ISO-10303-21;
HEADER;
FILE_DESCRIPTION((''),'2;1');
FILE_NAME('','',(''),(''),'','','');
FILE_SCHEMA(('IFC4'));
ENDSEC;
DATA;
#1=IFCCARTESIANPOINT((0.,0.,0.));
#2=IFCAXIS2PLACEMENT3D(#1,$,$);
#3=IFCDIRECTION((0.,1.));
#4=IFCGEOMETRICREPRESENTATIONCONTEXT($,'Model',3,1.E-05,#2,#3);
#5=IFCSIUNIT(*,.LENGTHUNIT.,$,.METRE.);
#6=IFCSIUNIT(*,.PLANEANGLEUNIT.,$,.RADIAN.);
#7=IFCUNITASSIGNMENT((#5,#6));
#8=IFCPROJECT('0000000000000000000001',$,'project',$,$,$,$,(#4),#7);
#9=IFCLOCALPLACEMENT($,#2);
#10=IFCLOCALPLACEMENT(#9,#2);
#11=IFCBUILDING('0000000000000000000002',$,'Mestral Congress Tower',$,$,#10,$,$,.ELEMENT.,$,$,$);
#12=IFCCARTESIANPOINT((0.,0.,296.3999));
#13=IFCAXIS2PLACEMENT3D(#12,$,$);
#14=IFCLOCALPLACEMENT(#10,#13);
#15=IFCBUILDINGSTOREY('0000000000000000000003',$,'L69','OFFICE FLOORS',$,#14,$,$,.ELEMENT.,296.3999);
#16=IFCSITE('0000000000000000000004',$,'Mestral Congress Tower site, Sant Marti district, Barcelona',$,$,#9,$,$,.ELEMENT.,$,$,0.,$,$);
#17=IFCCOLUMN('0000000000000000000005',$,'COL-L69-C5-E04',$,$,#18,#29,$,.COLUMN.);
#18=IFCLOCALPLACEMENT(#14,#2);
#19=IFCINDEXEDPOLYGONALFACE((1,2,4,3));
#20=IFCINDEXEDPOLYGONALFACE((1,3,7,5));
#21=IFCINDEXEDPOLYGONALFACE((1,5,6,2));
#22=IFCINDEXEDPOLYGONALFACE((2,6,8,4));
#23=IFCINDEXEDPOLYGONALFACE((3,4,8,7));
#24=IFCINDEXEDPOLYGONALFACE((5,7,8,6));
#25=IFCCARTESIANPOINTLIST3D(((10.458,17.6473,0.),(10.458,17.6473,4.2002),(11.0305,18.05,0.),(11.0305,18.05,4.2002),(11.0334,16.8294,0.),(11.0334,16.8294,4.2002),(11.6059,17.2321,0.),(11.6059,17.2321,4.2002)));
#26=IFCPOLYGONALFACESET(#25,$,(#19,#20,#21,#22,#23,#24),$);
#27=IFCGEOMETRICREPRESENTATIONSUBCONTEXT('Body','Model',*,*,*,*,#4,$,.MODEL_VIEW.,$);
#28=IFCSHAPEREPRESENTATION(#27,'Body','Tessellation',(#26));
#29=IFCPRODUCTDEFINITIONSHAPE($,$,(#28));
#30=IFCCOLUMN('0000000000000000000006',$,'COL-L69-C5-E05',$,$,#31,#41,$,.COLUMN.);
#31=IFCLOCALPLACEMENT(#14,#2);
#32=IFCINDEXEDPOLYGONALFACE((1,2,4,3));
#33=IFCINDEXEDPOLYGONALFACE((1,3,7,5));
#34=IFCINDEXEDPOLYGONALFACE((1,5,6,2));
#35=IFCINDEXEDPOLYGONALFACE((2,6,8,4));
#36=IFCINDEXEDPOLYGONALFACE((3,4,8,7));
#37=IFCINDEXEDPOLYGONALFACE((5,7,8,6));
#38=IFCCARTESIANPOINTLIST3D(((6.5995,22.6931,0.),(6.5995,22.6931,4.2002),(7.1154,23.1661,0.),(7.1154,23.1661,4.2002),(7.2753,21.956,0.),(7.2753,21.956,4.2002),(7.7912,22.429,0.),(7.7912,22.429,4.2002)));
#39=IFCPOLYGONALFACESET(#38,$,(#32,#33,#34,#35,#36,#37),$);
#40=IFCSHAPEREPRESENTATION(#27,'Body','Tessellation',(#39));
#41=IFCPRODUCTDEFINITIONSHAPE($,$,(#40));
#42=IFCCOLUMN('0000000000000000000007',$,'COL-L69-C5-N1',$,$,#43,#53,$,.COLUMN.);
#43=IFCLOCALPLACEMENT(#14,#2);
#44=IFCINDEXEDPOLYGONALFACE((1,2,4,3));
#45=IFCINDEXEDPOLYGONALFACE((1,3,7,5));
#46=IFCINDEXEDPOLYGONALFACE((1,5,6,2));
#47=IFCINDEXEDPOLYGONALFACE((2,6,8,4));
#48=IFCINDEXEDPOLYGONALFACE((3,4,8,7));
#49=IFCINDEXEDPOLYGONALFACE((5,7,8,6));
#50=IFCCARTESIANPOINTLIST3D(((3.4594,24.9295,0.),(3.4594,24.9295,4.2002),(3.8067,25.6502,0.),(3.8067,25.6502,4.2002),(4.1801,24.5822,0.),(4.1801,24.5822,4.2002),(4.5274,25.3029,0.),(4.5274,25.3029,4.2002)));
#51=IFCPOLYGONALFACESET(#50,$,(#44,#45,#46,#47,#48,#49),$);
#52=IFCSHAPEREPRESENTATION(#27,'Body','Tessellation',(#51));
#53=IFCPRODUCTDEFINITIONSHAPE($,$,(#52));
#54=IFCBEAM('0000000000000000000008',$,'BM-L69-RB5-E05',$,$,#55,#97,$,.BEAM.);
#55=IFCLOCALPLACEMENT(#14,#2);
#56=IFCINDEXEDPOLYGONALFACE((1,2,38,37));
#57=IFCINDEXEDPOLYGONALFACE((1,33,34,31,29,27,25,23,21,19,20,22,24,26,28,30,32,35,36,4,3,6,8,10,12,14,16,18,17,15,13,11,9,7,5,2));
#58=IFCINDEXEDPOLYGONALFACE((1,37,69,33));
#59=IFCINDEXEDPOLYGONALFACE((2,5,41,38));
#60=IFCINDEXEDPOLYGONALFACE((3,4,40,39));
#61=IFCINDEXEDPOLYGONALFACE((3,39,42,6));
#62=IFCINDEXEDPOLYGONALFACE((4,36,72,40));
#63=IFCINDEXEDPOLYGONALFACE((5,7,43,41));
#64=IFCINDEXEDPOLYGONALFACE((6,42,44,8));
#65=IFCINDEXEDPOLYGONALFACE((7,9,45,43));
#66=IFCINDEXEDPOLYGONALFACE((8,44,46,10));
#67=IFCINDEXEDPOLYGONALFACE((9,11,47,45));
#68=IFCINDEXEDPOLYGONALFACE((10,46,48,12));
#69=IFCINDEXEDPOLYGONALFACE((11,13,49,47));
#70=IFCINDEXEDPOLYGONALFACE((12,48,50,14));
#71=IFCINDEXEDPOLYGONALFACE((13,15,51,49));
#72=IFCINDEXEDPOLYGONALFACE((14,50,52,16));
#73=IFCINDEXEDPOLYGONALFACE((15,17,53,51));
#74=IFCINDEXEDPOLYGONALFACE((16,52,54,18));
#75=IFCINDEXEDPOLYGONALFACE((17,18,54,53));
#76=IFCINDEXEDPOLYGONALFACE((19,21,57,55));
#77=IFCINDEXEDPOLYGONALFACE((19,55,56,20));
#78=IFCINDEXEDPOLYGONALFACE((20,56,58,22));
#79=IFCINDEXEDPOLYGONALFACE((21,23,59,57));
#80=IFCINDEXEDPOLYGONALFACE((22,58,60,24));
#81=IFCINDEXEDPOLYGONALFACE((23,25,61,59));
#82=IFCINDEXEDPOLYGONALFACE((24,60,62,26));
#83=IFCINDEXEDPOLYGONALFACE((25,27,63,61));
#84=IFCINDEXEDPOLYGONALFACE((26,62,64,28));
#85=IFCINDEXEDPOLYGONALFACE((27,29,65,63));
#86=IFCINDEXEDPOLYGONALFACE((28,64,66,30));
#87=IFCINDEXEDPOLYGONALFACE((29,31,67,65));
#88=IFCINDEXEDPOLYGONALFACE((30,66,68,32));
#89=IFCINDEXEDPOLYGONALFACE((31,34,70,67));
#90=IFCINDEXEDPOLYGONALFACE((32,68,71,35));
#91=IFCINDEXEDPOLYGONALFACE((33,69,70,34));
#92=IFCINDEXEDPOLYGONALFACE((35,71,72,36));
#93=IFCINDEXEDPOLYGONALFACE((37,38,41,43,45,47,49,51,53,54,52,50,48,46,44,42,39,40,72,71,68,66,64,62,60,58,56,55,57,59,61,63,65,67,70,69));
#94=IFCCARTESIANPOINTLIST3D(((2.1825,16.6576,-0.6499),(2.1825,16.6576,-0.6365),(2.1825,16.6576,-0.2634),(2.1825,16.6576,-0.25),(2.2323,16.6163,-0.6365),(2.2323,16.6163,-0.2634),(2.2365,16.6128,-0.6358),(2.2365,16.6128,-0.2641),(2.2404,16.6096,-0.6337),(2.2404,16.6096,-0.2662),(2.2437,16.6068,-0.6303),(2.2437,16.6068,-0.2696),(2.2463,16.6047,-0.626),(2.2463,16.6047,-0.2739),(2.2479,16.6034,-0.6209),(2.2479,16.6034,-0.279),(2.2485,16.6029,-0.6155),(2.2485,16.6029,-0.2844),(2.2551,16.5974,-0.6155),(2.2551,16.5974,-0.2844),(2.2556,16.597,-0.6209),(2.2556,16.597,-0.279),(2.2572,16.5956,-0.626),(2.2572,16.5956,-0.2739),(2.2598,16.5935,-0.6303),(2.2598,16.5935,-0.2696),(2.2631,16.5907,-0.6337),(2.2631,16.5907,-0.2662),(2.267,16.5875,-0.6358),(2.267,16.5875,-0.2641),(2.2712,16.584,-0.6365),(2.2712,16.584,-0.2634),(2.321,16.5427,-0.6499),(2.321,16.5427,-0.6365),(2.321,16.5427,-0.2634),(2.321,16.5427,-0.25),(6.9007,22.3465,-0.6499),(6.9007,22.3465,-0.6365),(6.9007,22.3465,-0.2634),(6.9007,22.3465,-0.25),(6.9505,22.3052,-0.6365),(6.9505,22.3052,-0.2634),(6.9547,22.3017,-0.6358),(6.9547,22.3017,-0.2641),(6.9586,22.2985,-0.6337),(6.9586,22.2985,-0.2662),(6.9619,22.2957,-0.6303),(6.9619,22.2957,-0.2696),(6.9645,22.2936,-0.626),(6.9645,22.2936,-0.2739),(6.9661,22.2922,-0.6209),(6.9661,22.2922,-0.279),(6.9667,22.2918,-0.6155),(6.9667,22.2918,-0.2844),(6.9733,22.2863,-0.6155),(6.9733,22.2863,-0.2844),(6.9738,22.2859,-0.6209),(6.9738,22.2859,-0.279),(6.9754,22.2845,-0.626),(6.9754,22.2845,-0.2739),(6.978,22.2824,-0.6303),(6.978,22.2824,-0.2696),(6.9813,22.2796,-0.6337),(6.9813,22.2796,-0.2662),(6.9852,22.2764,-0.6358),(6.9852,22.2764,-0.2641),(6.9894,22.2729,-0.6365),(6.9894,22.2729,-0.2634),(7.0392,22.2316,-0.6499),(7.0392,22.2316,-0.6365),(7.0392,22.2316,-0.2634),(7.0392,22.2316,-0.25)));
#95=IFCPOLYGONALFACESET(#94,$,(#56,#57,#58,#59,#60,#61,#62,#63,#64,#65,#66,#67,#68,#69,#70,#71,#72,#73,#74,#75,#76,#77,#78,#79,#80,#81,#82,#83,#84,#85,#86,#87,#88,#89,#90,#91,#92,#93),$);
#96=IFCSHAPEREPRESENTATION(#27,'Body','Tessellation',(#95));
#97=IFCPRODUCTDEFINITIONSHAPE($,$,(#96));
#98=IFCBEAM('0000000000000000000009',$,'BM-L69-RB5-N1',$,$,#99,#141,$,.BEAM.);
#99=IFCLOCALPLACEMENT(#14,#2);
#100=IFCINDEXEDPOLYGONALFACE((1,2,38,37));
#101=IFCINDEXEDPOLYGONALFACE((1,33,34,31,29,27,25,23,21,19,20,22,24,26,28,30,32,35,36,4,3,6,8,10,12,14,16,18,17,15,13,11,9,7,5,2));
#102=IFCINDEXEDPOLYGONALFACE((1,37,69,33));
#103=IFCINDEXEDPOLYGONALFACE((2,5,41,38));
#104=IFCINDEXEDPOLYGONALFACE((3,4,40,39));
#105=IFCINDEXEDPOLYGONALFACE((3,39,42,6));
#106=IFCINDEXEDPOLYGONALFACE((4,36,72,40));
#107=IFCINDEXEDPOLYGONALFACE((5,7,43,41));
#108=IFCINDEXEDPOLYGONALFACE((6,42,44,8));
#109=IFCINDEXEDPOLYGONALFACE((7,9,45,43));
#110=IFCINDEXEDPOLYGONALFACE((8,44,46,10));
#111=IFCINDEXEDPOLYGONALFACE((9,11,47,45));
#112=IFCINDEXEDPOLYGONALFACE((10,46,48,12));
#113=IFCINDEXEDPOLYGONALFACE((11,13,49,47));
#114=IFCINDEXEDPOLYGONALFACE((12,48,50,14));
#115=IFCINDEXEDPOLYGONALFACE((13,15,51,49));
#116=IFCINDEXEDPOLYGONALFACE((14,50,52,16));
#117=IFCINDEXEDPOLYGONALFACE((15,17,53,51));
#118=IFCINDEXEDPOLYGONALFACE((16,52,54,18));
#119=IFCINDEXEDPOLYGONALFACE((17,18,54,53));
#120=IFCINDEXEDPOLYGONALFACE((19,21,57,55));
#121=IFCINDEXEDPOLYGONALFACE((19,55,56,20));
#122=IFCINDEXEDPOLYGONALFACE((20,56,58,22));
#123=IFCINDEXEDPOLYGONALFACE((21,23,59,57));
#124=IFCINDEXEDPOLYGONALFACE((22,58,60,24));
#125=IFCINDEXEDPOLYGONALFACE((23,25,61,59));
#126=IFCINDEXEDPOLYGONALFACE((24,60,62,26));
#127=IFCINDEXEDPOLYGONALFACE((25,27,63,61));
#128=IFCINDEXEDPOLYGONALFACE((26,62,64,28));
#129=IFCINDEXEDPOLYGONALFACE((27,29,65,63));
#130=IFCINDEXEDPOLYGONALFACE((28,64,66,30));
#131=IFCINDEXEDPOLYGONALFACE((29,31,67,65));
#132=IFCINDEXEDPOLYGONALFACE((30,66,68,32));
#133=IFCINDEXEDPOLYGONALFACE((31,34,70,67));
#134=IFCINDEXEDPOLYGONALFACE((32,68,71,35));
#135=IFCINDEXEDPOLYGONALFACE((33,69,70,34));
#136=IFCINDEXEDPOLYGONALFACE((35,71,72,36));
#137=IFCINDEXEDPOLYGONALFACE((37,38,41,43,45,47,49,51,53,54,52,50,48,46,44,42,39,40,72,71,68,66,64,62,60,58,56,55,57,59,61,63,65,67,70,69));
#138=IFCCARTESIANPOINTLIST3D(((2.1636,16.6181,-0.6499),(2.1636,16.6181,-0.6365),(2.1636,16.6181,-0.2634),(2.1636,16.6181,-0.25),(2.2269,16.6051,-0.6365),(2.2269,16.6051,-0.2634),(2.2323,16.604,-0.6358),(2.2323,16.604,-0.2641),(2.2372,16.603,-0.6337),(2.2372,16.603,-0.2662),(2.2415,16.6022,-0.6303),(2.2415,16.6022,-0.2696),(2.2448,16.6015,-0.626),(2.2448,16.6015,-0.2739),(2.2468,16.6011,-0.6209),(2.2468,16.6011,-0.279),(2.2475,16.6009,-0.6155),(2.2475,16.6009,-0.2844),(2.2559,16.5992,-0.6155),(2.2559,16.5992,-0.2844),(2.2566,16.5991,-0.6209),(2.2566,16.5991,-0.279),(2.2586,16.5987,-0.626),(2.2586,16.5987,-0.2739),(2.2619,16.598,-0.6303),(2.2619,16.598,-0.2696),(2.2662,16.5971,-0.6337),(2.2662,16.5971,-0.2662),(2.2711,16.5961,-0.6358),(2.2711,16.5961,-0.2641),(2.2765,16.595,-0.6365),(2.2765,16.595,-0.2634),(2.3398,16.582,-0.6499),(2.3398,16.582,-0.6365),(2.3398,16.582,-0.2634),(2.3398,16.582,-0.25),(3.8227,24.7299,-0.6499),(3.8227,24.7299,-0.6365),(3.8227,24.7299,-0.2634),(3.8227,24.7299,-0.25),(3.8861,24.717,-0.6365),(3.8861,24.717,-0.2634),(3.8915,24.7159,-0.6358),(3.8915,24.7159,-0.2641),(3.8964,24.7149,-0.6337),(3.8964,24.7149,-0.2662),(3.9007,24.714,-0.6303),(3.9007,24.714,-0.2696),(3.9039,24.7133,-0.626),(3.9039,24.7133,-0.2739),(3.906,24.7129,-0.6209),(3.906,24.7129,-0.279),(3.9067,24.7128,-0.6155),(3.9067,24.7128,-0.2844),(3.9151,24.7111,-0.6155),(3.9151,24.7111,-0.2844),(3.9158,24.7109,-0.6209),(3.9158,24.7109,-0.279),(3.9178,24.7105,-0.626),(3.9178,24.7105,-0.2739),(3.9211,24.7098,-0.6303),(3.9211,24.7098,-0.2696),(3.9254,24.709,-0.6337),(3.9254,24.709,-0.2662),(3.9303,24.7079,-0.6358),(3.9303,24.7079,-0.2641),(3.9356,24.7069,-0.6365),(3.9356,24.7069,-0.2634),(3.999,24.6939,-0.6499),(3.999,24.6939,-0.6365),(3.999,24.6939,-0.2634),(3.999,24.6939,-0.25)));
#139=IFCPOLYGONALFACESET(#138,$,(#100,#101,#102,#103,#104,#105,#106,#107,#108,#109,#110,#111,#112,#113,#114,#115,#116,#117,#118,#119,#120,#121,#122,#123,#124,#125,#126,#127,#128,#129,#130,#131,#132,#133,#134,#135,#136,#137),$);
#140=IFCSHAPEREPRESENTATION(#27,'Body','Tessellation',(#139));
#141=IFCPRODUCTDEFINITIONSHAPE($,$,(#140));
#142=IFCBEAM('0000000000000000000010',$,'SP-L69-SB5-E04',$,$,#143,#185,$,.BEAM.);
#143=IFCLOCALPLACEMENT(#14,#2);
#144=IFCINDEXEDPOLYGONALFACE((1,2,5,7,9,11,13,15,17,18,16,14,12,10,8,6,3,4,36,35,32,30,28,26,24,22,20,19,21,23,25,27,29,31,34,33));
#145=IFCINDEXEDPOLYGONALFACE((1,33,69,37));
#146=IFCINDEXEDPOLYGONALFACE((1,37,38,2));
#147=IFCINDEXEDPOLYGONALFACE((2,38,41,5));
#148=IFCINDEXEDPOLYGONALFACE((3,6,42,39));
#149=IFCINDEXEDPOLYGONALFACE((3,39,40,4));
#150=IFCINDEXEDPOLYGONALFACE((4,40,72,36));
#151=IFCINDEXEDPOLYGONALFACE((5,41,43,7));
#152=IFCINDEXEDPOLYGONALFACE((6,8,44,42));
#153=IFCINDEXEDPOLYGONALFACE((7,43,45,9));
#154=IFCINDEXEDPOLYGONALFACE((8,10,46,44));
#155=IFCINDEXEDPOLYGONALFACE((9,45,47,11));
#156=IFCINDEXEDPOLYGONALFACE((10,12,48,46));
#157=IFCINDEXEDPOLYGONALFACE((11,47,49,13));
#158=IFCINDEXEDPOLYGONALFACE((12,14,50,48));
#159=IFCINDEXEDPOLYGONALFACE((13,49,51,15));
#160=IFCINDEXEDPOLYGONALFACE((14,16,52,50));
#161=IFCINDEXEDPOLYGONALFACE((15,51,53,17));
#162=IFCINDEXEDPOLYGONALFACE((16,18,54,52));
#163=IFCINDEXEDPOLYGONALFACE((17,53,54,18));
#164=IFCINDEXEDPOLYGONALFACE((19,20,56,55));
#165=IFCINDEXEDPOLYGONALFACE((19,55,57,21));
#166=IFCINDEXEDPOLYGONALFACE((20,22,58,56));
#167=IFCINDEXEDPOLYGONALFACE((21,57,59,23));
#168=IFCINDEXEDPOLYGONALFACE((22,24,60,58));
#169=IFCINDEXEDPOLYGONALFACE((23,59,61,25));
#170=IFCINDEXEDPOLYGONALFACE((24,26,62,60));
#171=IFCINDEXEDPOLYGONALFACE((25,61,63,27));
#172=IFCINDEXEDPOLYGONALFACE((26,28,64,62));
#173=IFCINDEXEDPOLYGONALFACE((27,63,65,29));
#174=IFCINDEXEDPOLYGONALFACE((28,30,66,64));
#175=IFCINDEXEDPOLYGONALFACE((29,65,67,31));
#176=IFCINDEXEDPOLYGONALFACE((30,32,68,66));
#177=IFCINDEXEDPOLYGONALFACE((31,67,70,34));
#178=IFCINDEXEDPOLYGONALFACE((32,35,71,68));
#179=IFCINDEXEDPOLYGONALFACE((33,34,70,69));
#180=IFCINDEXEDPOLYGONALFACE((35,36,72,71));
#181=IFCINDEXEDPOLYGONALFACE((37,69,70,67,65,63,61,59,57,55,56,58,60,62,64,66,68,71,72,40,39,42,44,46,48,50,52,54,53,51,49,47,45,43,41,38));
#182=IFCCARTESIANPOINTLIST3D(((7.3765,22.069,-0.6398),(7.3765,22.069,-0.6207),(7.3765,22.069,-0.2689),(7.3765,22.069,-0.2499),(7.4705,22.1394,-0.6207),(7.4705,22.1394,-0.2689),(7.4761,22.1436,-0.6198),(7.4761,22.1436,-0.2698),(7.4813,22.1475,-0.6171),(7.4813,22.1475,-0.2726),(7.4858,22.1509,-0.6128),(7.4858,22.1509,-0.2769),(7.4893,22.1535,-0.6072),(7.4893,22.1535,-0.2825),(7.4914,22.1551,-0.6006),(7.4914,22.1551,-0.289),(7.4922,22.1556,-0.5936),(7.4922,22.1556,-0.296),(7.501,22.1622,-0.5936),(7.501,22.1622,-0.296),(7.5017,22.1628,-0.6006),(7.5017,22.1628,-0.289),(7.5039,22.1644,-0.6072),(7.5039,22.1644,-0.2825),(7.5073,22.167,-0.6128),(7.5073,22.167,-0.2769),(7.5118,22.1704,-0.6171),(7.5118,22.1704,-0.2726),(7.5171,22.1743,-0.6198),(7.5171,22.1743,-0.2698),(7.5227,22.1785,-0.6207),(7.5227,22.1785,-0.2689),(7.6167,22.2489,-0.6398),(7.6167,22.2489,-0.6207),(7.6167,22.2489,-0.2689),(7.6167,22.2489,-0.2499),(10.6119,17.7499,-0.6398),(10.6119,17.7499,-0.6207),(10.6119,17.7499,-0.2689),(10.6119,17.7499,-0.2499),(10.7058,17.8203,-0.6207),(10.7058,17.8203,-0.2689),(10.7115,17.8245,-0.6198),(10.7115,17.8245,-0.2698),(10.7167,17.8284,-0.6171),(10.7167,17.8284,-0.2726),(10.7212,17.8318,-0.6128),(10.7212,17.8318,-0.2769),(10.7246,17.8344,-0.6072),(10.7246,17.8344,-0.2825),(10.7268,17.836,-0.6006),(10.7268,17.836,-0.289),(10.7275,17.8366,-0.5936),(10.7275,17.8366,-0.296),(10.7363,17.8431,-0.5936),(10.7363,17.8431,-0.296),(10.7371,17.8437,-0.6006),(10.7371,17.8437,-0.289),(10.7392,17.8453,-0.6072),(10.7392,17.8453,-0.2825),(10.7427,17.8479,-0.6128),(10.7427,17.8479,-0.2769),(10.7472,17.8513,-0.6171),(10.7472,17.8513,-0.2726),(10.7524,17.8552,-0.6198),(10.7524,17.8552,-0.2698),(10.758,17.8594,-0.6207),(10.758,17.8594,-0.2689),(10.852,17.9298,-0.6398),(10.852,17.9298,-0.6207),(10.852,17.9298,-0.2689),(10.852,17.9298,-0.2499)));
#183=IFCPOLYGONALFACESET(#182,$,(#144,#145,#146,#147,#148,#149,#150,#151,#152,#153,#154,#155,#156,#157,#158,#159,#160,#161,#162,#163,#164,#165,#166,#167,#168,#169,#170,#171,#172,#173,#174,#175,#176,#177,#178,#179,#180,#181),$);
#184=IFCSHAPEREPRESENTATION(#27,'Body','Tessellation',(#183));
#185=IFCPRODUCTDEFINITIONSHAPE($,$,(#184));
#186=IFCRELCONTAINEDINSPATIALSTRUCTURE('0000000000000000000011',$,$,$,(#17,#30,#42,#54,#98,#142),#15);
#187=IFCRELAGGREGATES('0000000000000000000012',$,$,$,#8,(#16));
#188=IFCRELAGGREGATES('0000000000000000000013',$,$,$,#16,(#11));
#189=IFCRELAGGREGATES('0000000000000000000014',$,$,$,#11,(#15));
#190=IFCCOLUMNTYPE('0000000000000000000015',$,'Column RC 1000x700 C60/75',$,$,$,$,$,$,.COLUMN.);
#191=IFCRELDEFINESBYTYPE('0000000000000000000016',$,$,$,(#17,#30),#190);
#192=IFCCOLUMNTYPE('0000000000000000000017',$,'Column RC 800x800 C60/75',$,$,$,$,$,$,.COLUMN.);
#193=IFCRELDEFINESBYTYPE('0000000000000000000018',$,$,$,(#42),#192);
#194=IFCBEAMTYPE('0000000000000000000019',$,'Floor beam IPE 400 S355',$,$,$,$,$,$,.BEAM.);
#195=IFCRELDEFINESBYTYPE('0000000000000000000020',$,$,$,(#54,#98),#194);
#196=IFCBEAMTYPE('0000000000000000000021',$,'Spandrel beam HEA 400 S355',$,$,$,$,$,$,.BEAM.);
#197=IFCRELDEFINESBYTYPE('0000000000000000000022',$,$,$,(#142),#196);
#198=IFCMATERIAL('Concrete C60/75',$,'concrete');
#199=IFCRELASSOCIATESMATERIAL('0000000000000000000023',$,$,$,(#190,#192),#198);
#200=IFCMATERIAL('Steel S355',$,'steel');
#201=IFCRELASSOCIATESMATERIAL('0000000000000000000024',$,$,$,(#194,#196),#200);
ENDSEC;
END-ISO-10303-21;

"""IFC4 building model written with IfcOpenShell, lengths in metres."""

from ifc_helpers import new_model, si_unit, direction, frame, origin, origin_2d, place, context, subcontext, project, spatial, rectangle, i_section, extrude, material, material_profile, profile_set, type_object, element, save


model = new_model("IFC4")

# Units and contexts
model_context = context("Model", 3, precision=1e-05, world=origin(), true_north=direction((0.0, 1.0)))
body_context = subcontext(model_context, "Body", "Model", "MODEL_VIEW")
ifc_project = project(units=[si_unit("LENGTHUNIT", "METRE"), si_unit("PLANEANGLEUNIT", "RADIAN")], contexts=[model_context])

# Site, building, storey
site_placement = place(None, origin())
site = spatial("IfcSite", under=ifc_project, at=site_placement, Name="Mestral Congress Tower site, Sant Marti district, Barcelona", CompositionType="ELEMENT", RefElevation=0.0)
building_placement = place(site_placement, origin())
building = spatial("IfcBuilding", under=site, at=building_placement, Name="Mestral Congress Tower", CompositionType="ELEMENT")
storey_placement = place(building_placement, frame((0.0, 0.0, 296.3999)))
storey = spatial("IfcBuildingStorey", under=building, at=storey_placement, Name="L69", Description="OFFICE FLOORS", CompositionType="ELEMENT", Elevation=296.3999)

# Columns
ifc_material_1 = material(Name="Concrete C60/75", Category="concrete")
ifc_material_profile_1 = material_profile(ifc_material_1, rectangle(XDim=1.0, YDim=0.7, at=origin_2d()), Name="RC 1000x700")
ifc_profile_set_1 = profile_set([ifc_material_profile_1], Name="Concrete C60/75")
column_type_1 = type_object("IfcColumnType", Name="Column RC 1000x700 C60/75", PredefinedType="COLUMN", material=ifc_profile_set_1)
for number, where, z_axis, x_axis, name in (
    (1, (11.032, 17.4397, 0.0), (0.0, 0.0, 1.0), (-0.575402, 0.817871, 0.0), "COL-L69-C5-E04"),
    (2, (7.1953, 22.561, 0.0), (0.0, 0.0, 1.0), (-0.675803, 0.737083, 0.0), "COL-L69-C5-E05"),
):
    element("IfcColumn", number, at=place(storey_placement, frame(where, z_axis=z_axis, x_axis=x_axis)), inside=storey, type_object=column_type_1, Name=name, PredefinedType="COLUMN", context=body_context, shape_type="SweptSolid", body=[
        extrude(rectangle(XDim=1.0, YDim=0.7, at=origin_2d()), origin(), (0.0, 0.0, 1.0), 4.2002),
    ])
ifc_material_profile_2 = material_profile(ifc_material_1, rectangle(XDim=0.8, YDim=0.8, at=origin_2d()), Name="RC 800x800")
ifc_profile_set_2 = profile_set([ifc_material_profile_2], Name="Concrete C60/75")
column_type_2 = type_object("IfcColumnType", Name="Column RC 800x800 C60/75", PredefinedType="COLUMN", material=ifc_profile_set_2)
column_placement = place(storey_placement, frame((3.9934, 25.1162, 0.0), z_axis=(0.0, 0.0, 1.0), x_axis=(-0.900873, 0.434082, 0.0)))
element("IfcColumn", 3, at=column_placement, inside=storey, type_object=column_type_2, Name="COL-L69-C5-N1", PredefinedType="COLUMN", context=body_context, shape_type="SweptSolid", body=[
    extrude(rectangle(XDim=0.8, YDim=0.8, at=origin_2d()), origin(), (0.0, 0.0, 1.0), 4.2002),
])

# Beams
ifc_material_2 = material(Name="Steel S355", Category="steel")
ifc_material_profile_3 = material_profile(ifc_material_2, i_section(OverallWidth=0.1799, OverallDepth=0.3999, WebThickness=0.0085, FlangeThickness=0.0134, FilletRadius=0.021, at=origin_2d()), Name="IPE 400")
ifc_profile_set_3 = profile_set([ifc_material_profile_3], Name="Steel S355")
beam_type_1 = type_object("IfcBeamType", Name="Floor beam IPE 400 S355", PredefinedType="BEAM", material=ifc_profile_set_3)
beam_1_placement = place(storey_placement, frame((6.97, 22.2891, -0.45), z_axis=(-0.638383, -0.769719, 0.0), x_axis=(0.769719, -0.638383, 0.0)))
element("IfcBeam", 4, at=beam_1_placement, inside=storey, type_object=beam_type_1, Name="BM-L69-RB5-E05", PredefinedType="BEAM", context=body_context, shape_type="SweptSolid", body=[
    extrude(i_section(OverallWidth=0.1799, OverallDepth=0.3999, WebThickness=0.0085, FlangeThickness=0.0134, FilletRadius=0.021, at=origin_2d()), origin(), (0.0, 0.0, 1.0), 7.3909),
])
beam_2_placement = place(storey_placement, frame((3.9109, 24.7119, -0.45), z_axis=(-0.20039, -0.979716, 0.0), x_axis=(0.979716, -0.20039, 0.0)))
element("IfcBeam", 5, at=beam_2_placement, inside=storey, type_object=beam_type_1, Name="BM-L69-RB5-N1", PredefinedType="BEAM", context=body_context, shape_type="SweptSolid", body=[
    extrude(i_section(OverallWidth=0.1799, OverallDepth=0.3999, WebThickness=0.0085, FlangeThickness=0.0134, FilletRadius=0.021, at=origin_2d()), origin(), (0.0, 0.0, 1.0), 8.2798),
])
ifc_material_profile_4 = material_profile(ifc_material_2, i_section(OverallWidth=0.3, OverallDepth=0.3899, WebThickness=0.011, FlangeThickness=0.019, FilletRadius=0.0271, at=origin_2d()), Name="HEA 400")
ifc_profile_set_4 = profile_set([ifc_material_profile_4], Name="Steel S355")
beam_type_2 = type_object("IfcBeamType", Name="Spandrel beam HEA 400 S355", PredefinedType="BEAM", material=ifc_profile_set_4)
beam_3_placement = place(storey_placement, frame((10.7319, 17.8398, -0.4448), z_axis=(-0.599529, 0.800353, 0.0), x_axis=(-0.800353, -0.599529, 0.0)))
element("IfcBeam", 6, at=beam_3_placement, inside=storey, type_object=beam_type_2, Name="SP-L69-SB5-E04", PredefinedType="BEAM", context=body_context, shape_type="SweptSolid", body=[
    extrude(i_section(OverallWidth=0.3, OverallDepth=0.3899, WebThickness=0.011, FlangeThickness=0.019, FilletRadius=0.0271, at=origin_2d()), origin(), (0.0, 0.0, 1.0), 5.3965),
])

save(model, "model.ifc")
